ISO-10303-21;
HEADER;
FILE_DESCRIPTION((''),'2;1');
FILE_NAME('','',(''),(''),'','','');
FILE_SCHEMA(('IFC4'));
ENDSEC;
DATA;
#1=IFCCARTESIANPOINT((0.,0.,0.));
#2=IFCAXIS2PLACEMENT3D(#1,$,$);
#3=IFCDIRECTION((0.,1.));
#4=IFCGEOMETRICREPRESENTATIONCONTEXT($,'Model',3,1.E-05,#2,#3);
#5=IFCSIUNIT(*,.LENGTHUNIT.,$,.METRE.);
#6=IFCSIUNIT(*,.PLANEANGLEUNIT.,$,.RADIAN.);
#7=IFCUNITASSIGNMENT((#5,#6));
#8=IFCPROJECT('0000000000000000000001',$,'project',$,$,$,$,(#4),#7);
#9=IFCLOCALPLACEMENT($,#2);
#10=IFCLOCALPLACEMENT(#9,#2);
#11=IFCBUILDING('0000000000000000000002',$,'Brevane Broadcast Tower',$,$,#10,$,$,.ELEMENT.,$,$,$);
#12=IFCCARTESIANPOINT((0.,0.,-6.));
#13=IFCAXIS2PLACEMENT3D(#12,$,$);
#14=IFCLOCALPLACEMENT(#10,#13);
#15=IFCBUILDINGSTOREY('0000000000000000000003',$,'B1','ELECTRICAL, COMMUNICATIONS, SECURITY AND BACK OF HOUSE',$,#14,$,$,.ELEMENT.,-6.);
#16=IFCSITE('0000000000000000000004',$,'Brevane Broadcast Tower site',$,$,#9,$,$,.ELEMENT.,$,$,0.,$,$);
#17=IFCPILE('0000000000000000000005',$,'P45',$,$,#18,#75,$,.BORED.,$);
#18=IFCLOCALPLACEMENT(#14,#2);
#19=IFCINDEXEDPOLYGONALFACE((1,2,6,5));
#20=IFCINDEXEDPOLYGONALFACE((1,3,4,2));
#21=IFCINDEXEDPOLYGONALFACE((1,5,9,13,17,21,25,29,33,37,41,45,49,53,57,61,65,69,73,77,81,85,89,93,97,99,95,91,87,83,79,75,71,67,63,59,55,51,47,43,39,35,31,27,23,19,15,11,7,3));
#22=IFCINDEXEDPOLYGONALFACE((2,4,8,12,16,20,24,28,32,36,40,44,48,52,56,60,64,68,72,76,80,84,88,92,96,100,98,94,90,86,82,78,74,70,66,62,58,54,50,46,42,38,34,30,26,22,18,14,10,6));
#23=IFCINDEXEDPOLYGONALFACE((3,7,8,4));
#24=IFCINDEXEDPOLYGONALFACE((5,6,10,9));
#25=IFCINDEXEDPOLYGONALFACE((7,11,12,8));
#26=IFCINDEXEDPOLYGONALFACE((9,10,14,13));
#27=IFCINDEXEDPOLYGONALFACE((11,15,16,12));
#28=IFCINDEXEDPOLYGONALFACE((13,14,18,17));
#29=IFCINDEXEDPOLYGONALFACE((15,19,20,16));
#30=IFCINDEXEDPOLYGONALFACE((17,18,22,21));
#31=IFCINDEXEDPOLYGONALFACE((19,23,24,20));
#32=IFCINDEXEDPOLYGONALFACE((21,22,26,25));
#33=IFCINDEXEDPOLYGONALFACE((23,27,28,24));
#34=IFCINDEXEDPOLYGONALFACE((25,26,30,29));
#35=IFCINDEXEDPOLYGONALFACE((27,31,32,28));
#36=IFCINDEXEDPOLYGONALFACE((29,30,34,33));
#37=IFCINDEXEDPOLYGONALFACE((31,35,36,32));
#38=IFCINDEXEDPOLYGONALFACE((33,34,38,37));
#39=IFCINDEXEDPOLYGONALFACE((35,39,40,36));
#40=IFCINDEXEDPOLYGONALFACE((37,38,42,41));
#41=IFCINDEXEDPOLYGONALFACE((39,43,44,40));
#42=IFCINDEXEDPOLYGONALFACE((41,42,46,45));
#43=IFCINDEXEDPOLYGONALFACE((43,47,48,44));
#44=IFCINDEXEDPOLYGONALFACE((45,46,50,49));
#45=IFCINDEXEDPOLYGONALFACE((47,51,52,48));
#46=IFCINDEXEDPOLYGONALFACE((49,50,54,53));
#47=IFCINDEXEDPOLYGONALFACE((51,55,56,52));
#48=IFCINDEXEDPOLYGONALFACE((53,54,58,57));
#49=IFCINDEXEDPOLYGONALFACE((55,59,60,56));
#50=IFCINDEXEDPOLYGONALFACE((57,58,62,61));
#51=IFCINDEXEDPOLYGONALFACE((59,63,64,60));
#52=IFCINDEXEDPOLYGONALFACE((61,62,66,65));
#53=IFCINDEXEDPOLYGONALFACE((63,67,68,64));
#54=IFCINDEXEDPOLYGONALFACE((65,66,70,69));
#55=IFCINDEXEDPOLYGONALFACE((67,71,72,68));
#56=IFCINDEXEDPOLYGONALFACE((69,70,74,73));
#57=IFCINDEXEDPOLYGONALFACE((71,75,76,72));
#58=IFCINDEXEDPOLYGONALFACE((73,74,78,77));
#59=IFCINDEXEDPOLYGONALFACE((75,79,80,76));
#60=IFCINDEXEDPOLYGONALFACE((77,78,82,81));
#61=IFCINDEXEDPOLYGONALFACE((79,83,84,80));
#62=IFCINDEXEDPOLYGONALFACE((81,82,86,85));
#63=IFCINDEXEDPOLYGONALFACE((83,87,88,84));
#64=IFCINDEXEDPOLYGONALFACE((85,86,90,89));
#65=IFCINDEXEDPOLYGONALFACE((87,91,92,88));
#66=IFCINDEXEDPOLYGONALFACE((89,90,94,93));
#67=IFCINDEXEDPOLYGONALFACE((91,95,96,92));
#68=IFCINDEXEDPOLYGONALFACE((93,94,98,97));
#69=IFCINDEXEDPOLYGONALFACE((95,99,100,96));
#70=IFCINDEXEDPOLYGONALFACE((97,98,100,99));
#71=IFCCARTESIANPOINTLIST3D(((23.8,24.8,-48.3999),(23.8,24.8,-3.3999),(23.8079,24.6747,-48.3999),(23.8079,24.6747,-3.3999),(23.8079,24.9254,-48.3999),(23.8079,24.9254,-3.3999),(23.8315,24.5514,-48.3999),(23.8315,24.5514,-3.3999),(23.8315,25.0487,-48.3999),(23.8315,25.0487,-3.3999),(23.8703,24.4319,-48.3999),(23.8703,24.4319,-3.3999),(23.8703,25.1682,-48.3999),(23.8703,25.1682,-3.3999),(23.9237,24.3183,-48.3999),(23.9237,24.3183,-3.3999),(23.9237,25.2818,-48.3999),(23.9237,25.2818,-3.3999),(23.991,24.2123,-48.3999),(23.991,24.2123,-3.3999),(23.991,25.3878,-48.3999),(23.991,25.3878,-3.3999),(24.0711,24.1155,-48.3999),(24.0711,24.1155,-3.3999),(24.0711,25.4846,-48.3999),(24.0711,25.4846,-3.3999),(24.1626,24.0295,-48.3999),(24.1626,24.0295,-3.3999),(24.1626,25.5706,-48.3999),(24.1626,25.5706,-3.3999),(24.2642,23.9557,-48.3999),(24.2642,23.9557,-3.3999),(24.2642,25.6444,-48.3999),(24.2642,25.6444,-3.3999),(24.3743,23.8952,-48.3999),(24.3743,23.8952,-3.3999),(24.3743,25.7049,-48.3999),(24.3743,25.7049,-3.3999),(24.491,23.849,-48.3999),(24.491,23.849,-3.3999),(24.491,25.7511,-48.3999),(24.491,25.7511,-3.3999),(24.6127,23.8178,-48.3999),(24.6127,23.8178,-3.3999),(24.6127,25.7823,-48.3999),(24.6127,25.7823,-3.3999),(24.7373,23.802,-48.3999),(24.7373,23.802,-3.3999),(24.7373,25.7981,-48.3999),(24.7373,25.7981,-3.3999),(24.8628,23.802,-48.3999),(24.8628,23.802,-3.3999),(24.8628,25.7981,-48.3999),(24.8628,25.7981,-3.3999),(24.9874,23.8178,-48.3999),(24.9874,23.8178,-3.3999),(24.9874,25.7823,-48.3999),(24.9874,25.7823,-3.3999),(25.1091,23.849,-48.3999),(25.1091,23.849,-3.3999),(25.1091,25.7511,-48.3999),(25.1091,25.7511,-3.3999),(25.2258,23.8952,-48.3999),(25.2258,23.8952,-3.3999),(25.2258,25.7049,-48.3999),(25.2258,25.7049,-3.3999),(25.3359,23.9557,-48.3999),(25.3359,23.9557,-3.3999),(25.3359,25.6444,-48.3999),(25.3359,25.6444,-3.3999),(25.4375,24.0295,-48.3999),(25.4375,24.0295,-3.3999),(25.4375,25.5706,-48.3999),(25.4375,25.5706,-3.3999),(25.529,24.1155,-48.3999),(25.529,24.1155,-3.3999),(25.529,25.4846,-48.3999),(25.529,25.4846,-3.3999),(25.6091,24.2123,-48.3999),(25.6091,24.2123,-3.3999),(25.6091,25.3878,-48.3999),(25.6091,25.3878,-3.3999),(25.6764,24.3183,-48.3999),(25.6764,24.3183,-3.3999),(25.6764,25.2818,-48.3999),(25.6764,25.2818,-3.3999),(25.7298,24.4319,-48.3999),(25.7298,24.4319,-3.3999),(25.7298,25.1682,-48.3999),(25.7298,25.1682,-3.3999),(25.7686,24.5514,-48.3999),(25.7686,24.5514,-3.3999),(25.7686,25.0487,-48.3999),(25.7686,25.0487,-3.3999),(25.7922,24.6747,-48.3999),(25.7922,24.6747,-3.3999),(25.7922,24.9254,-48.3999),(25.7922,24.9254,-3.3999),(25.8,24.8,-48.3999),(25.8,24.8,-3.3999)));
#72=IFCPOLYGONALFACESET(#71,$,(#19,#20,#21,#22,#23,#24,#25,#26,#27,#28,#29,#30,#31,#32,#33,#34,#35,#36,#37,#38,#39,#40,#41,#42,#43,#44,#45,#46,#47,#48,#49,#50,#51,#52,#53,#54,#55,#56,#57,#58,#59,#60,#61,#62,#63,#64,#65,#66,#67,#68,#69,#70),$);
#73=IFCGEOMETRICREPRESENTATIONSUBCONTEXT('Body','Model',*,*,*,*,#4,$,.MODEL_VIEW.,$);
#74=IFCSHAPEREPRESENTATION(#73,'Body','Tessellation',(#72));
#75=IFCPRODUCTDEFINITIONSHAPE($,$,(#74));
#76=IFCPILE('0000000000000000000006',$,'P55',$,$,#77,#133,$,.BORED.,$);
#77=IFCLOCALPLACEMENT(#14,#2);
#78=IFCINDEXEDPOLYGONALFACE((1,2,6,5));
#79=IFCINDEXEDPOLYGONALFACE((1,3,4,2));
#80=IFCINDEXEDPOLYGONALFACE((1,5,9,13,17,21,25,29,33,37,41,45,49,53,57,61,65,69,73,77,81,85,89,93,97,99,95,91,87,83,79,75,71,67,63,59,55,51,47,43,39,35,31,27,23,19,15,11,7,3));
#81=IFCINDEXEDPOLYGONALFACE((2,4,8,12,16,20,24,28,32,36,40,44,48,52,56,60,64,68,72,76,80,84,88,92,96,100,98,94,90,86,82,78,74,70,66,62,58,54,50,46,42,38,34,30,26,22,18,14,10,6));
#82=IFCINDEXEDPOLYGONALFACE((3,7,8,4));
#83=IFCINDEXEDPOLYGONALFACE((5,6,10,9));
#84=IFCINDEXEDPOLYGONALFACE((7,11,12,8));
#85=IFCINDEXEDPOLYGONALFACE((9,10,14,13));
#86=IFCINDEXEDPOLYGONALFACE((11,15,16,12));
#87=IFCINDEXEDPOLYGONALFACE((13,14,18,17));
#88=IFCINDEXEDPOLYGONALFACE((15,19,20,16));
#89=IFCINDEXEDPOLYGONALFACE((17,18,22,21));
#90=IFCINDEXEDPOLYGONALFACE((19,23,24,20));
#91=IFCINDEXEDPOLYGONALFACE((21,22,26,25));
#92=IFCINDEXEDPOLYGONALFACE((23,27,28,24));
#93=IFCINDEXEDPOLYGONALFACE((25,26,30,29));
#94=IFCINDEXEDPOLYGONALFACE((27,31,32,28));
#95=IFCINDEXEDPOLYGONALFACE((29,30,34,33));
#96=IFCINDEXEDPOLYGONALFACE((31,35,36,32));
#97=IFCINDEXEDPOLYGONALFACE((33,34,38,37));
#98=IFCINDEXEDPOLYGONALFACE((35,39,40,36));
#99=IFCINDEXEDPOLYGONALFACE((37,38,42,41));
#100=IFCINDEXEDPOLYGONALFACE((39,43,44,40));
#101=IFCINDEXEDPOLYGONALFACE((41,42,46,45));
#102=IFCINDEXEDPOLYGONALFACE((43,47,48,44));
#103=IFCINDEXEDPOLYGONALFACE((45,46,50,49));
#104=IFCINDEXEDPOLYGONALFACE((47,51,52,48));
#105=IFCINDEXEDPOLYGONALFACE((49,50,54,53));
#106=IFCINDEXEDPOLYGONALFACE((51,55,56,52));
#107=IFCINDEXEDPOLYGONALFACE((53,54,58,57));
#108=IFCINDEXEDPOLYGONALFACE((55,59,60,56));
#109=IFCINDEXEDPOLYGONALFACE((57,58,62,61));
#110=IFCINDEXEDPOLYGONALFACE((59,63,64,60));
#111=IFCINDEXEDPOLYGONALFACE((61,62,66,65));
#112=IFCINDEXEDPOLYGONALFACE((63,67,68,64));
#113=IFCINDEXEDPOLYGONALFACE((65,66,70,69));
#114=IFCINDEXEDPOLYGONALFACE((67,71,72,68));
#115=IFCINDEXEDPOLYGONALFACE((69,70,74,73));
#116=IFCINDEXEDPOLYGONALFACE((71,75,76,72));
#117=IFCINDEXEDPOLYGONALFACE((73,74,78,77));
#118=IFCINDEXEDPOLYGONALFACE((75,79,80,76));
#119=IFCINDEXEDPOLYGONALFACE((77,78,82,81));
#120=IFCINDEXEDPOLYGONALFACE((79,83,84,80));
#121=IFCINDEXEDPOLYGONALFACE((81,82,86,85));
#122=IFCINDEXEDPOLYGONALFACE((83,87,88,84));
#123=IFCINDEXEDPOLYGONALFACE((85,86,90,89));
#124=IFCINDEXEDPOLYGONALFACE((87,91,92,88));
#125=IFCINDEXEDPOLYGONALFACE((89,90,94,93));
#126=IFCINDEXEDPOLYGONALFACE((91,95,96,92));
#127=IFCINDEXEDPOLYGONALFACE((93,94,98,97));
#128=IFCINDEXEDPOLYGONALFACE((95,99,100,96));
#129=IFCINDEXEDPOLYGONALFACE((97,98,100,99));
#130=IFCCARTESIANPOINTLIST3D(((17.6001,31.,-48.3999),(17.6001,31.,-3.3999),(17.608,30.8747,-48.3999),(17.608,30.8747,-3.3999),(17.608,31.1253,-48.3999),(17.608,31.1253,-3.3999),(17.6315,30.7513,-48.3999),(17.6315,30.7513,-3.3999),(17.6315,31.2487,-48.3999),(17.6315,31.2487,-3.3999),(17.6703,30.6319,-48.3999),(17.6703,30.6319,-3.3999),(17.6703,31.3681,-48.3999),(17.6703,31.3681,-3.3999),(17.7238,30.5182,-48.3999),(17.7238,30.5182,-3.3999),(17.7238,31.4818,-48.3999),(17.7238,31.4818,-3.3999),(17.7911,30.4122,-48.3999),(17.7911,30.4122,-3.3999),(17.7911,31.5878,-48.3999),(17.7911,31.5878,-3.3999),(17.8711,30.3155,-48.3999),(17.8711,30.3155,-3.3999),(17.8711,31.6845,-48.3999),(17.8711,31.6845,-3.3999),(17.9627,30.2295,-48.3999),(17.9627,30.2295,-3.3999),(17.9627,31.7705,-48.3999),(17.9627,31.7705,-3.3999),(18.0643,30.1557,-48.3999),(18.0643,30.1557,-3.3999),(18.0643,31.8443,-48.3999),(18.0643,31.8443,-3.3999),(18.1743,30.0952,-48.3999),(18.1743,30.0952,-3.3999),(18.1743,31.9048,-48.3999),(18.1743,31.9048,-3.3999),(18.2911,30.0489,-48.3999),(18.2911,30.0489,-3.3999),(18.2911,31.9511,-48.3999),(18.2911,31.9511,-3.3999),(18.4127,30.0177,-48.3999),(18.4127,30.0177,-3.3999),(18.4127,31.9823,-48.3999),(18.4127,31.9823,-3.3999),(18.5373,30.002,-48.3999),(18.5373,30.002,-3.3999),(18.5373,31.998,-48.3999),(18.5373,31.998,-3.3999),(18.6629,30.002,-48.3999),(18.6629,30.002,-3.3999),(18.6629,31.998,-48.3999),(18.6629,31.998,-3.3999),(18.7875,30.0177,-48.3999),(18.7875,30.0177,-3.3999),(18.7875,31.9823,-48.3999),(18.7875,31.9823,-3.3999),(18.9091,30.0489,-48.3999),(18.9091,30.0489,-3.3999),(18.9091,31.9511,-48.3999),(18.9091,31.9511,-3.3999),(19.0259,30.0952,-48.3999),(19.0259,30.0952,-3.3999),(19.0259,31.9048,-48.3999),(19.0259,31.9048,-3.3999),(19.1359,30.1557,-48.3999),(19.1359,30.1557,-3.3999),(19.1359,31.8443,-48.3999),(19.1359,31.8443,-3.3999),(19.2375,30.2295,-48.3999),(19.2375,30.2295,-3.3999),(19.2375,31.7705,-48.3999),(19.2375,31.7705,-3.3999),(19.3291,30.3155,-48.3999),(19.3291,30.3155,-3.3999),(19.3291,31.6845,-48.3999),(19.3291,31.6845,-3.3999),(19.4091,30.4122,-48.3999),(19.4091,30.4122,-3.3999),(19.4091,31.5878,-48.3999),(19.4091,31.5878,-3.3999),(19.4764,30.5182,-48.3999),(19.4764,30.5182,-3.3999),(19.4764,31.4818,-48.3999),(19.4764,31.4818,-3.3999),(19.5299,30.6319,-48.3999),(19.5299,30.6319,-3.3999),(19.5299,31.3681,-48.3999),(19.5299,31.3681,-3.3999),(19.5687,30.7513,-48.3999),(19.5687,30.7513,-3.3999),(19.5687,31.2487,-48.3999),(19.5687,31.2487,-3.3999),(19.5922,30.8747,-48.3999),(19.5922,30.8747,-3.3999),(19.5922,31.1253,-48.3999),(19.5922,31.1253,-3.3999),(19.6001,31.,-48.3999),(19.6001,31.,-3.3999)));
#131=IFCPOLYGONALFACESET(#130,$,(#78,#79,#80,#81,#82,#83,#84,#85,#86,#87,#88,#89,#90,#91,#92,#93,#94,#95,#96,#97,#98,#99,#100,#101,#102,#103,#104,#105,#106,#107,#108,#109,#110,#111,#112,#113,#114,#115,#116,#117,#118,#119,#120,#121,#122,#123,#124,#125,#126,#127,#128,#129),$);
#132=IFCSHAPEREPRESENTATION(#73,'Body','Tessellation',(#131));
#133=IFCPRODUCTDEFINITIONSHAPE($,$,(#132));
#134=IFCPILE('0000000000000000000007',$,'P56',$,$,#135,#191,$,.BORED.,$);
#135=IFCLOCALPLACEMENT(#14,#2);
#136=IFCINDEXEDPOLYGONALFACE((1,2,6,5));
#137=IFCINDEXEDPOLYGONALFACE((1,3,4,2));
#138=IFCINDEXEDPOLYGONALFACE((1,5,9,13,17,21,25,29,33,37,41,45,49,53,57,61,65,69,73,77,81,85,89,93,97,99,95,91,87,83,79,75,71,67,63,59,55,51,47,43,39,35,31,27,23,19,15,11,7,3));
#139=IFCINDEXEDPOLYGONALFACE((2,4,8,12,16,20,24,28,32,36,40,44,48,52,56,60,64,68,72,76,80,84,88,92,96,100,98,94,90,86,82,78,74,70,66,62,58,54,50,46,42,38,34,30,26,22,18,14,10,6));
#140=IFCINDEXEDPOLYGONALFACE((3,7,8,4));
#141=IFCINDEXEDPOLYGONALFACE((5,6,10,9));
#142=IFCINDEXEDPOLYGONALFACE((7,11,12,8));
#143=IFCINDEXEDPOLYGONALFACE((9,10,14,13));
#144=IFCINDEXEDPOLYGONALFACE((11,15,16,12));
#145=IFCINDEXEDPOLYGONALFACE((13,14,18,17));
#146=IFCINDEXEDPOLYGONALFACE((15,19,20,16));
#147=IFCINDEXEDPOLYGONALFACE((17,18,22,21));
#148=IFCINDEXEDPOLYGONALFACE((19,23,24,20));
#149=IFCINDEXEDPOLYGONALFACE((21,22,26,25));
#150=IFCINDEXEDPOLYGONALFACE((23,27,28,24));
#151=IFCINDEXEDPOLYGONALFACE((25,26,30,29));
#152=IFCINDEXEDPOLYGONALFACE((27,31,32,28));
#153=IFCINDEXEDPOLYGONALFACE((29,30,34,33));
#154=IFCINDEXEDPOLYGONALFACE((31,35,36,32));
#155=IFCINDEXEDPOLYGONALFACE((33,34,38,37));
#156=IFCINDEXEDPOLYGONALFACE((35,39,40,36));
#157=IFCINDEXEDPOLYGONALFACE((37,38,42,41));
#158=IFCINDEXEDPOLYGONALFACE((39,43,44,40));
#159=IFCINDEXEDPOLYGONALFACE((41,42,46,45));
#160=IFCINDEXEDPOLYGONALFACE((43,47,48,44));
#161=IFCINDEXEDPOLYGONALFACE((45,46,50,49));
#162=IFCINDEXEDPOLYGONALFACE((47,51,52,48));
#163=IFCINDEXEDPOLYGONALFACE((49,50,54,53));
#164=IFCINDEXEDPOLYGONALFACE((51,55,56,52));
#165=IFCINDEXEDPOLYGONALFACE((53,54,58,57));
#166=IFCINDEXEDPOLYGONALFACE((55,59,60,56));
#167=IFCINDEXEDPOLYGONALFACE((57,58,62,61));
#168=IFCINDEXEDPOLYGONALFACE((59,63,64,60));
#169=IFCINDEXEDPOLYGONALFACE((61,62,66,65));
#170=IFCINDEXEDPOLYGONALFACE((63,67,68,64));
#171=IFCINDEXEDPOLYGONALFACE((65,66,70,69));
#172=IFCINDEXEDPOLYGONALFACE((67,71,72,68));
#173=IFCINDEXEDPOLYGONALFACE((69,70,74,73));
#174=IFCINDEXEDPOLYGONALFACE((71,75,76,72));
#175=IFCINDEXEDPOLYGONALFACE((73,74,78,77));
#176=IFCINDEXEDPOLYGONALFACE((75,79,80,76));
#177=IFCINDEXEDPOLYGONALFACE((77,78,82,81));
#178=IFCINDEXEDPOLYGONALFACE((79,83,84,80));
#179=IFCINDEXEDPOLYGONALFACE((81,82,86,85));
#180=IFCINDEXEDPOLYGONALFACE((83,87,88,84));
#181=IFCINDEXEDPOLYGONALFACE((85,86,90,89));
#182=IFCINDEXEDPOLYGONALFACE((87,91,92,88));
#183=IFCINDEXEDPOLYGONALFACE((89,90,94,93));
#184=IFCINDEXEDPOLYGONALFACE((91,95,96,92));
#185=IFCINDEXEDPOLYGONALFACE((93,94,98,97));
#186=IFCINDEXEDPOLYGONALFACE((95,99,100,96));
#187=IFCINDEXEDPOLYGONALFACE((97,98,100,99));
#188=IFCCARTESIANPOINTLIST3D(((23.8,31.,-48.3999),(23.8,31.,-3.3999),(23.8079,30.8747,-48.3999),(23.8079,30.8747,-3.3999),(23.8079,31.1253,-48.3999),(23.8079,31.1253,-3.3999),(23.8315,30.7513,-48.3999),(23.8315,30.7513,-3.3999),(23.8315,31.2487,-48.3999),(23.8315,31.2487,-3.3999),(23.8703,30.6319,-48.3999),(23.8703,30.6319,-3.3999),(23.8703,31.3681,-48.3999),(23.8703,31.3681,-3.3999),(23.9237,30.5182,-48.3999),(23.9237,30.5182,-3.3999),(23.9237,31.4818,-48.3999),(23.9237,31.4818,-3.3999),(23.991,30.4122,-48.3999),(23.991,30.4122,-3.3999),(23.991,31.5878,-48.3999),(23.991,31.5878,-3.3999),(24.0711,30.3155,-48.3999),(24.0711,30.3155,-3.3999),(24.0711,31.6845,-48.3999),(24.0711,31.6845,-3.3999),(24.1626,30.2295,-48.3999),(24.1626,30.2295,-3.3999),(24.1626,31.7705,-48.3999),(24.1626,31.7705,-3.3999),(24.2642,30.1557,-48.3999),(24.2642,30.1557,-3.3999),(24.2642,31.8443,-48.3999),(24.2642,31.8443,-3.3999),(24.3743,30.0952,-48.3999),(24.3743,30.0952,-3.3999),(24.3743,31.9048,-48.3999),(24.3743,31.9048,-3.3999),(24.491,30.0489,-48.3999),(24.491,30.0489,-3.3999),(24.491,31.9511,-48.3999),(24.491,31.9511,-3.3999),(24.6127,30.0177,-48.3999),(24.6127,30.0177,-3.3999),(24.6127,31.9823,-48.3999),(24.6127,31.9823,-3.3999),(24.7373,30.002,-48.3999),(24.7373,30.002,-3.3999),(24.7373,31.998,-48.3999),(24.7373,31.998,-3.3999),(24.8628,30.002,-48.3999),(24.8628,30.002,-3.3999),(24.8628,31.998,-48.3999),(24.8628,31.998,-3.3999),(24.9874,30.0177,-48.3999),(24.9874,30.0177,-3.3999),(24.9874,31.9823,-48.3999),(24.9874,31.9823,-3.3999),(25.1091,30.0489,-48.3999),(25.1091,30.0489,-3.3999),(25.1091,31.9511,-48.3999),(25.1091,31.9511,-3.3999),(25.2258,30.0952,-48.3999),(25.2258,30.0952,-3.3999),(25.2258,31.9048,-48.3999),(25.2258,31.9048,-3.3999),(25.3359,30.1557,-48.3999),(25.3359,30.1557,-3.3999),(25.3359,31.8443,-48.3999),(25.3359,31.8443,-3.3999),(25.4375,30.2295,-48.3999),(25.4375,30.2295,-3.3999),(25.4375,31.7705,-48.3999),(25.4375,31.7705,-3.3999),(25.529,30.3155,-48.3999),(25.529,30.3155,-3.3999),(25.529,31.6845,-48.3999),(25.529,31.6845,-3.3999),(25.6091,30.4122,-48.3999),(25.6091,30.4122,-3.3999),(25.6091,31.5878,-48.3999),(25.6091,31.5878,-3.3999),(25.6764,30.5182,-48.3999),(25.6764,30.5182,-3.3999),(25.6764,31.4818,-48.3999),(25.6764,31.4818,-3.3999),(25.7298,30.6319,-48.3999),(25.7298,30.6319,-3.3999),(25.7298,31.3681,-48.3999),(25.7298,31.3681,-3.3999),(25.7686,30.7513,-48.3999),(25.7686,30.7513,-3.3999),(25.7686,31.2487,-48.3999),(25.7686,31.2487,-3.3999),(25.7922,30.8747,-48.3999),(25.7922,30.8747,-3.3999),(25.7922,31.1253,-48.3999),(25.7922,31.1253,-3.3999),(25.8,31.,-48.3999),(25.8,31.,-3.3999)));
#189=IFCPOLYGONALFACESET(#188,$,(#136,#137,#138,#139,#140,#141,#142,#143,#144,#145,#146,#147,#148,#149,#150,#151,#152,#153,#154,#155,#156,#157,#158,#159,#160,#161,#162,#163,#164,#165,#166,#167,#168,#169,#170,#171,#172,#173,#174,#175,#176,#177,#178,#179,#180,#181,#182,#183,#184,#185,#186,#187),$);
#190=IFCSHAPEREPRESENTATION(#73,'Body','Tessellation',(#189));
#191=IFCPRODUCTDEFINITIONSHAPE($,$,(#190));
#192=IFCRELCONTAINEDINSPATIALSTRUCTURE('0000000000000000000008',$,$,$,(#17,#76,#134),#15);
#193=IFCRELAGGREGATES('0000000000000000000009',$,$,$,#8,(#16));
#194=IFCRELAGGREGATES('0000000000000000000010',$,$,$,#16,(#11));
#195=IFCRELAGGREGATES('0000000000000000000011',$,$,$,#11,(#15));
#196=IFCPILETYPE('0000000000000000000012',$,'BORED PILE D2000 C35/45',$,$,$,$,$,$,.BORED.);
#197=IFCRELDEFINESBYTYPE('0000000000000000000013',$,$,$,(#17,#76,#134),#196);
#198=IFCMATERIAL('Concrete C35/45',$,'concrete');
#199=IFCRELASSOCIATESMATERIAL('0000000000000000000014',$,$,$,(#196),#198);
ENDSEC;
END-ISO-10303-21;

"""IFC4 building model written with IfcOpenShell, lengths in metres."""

from ifc_helpers import new_model, si_unit, direction, frame, origin, origin_2d, place, context, subcontext, project, spatial, circle, extrude, material, material_profile, profile_set, type_object, element, save


model = new_model("IFC4")

# Units and contexts
model_context = context("Model", 3, precision=1e-05, world=origin(), true_north=direction((0.0, 1.0)))
body_context = subcontext(model_context, "Body", "Model", "MODEL_VIEW")
ifc_project = project(units=[si_unit("LENGTHUNIT", "METRE"), si_unit("PLANEANGLEUNIT", "RADIAN")], contexts=[model_context])

# Site, building, storey
site_placement = place(None, origin())
site = spatial("IfcSite", under=ifc_project, at=site_placement, Name="Brevane Broadcast Tower site", CompositionType="ELEMENT", RefElevation=0.0)
building_placement = place(site_placement, origin())
building = spatial("IfcBuilding", under=site, at=building_placement, Name="Brevane Broadcast Tower", CompositionType="ELEMENT")
storey_placement = place(building_placement, frame((0.0, 0.0, -6.0)))
storey = spatial("IfcBuildingStorey", under=building, at=storey_placement, Name="B1", Description="ELECTRICAL, COMMUNICATIONS, SECURITY AND BACK OF HOUSE", CompositionType="ELEMENT", Elevation=-6.0)

# Piles
ifc_material_1 = material(Name="Concrete C35/45", Category="concrete")
ifc_material_profile_1 = material_profile(ifc_material_1, circle(Radius=1.0, at=origin_2d()), Name="RC D2000")
ifc_profile_set_1 = profile_set([ifc_material_profile_1], Name="Concrete C35/45")
pile_type = type_object("IfcPileType", Name="BORED PILE D2000 C35/45", PredefinedType="BORED", material=ifc_profile_set_1)
for number, where, z_axis, x_axis, name in (
    (1, (24.8, 24.8, -3.3999), (0.0, 0.0, -1.0), (1.0, 0.0, 0.0), "P45"),
    (2, (18.6001, 31.0, -3.3999), (0.0, 0.0, -1.0), (1.0, 0.0, 0.0), "P55"),
    (3, (24.8, 31.0, -3.3999), (0.0, 0.0, -1.0), (1.0, 0.0, 0.0), "P56"),
):
    element("IfcPile", number, at=place(storey_placement, frame(where, z_axis=z_axis, x_axis=x_axis)), inside=storey, type_object=pile_type, Name=name, PredefinedType="BORED", context=body_context, shape_type="SweptSolid", body=[
        extrude(circle(Radius=1.0, at=origin_2d()), origin(), (0.0, 0.0, 1.0), 45.0),
    ])

save(model, "model.ifc")
